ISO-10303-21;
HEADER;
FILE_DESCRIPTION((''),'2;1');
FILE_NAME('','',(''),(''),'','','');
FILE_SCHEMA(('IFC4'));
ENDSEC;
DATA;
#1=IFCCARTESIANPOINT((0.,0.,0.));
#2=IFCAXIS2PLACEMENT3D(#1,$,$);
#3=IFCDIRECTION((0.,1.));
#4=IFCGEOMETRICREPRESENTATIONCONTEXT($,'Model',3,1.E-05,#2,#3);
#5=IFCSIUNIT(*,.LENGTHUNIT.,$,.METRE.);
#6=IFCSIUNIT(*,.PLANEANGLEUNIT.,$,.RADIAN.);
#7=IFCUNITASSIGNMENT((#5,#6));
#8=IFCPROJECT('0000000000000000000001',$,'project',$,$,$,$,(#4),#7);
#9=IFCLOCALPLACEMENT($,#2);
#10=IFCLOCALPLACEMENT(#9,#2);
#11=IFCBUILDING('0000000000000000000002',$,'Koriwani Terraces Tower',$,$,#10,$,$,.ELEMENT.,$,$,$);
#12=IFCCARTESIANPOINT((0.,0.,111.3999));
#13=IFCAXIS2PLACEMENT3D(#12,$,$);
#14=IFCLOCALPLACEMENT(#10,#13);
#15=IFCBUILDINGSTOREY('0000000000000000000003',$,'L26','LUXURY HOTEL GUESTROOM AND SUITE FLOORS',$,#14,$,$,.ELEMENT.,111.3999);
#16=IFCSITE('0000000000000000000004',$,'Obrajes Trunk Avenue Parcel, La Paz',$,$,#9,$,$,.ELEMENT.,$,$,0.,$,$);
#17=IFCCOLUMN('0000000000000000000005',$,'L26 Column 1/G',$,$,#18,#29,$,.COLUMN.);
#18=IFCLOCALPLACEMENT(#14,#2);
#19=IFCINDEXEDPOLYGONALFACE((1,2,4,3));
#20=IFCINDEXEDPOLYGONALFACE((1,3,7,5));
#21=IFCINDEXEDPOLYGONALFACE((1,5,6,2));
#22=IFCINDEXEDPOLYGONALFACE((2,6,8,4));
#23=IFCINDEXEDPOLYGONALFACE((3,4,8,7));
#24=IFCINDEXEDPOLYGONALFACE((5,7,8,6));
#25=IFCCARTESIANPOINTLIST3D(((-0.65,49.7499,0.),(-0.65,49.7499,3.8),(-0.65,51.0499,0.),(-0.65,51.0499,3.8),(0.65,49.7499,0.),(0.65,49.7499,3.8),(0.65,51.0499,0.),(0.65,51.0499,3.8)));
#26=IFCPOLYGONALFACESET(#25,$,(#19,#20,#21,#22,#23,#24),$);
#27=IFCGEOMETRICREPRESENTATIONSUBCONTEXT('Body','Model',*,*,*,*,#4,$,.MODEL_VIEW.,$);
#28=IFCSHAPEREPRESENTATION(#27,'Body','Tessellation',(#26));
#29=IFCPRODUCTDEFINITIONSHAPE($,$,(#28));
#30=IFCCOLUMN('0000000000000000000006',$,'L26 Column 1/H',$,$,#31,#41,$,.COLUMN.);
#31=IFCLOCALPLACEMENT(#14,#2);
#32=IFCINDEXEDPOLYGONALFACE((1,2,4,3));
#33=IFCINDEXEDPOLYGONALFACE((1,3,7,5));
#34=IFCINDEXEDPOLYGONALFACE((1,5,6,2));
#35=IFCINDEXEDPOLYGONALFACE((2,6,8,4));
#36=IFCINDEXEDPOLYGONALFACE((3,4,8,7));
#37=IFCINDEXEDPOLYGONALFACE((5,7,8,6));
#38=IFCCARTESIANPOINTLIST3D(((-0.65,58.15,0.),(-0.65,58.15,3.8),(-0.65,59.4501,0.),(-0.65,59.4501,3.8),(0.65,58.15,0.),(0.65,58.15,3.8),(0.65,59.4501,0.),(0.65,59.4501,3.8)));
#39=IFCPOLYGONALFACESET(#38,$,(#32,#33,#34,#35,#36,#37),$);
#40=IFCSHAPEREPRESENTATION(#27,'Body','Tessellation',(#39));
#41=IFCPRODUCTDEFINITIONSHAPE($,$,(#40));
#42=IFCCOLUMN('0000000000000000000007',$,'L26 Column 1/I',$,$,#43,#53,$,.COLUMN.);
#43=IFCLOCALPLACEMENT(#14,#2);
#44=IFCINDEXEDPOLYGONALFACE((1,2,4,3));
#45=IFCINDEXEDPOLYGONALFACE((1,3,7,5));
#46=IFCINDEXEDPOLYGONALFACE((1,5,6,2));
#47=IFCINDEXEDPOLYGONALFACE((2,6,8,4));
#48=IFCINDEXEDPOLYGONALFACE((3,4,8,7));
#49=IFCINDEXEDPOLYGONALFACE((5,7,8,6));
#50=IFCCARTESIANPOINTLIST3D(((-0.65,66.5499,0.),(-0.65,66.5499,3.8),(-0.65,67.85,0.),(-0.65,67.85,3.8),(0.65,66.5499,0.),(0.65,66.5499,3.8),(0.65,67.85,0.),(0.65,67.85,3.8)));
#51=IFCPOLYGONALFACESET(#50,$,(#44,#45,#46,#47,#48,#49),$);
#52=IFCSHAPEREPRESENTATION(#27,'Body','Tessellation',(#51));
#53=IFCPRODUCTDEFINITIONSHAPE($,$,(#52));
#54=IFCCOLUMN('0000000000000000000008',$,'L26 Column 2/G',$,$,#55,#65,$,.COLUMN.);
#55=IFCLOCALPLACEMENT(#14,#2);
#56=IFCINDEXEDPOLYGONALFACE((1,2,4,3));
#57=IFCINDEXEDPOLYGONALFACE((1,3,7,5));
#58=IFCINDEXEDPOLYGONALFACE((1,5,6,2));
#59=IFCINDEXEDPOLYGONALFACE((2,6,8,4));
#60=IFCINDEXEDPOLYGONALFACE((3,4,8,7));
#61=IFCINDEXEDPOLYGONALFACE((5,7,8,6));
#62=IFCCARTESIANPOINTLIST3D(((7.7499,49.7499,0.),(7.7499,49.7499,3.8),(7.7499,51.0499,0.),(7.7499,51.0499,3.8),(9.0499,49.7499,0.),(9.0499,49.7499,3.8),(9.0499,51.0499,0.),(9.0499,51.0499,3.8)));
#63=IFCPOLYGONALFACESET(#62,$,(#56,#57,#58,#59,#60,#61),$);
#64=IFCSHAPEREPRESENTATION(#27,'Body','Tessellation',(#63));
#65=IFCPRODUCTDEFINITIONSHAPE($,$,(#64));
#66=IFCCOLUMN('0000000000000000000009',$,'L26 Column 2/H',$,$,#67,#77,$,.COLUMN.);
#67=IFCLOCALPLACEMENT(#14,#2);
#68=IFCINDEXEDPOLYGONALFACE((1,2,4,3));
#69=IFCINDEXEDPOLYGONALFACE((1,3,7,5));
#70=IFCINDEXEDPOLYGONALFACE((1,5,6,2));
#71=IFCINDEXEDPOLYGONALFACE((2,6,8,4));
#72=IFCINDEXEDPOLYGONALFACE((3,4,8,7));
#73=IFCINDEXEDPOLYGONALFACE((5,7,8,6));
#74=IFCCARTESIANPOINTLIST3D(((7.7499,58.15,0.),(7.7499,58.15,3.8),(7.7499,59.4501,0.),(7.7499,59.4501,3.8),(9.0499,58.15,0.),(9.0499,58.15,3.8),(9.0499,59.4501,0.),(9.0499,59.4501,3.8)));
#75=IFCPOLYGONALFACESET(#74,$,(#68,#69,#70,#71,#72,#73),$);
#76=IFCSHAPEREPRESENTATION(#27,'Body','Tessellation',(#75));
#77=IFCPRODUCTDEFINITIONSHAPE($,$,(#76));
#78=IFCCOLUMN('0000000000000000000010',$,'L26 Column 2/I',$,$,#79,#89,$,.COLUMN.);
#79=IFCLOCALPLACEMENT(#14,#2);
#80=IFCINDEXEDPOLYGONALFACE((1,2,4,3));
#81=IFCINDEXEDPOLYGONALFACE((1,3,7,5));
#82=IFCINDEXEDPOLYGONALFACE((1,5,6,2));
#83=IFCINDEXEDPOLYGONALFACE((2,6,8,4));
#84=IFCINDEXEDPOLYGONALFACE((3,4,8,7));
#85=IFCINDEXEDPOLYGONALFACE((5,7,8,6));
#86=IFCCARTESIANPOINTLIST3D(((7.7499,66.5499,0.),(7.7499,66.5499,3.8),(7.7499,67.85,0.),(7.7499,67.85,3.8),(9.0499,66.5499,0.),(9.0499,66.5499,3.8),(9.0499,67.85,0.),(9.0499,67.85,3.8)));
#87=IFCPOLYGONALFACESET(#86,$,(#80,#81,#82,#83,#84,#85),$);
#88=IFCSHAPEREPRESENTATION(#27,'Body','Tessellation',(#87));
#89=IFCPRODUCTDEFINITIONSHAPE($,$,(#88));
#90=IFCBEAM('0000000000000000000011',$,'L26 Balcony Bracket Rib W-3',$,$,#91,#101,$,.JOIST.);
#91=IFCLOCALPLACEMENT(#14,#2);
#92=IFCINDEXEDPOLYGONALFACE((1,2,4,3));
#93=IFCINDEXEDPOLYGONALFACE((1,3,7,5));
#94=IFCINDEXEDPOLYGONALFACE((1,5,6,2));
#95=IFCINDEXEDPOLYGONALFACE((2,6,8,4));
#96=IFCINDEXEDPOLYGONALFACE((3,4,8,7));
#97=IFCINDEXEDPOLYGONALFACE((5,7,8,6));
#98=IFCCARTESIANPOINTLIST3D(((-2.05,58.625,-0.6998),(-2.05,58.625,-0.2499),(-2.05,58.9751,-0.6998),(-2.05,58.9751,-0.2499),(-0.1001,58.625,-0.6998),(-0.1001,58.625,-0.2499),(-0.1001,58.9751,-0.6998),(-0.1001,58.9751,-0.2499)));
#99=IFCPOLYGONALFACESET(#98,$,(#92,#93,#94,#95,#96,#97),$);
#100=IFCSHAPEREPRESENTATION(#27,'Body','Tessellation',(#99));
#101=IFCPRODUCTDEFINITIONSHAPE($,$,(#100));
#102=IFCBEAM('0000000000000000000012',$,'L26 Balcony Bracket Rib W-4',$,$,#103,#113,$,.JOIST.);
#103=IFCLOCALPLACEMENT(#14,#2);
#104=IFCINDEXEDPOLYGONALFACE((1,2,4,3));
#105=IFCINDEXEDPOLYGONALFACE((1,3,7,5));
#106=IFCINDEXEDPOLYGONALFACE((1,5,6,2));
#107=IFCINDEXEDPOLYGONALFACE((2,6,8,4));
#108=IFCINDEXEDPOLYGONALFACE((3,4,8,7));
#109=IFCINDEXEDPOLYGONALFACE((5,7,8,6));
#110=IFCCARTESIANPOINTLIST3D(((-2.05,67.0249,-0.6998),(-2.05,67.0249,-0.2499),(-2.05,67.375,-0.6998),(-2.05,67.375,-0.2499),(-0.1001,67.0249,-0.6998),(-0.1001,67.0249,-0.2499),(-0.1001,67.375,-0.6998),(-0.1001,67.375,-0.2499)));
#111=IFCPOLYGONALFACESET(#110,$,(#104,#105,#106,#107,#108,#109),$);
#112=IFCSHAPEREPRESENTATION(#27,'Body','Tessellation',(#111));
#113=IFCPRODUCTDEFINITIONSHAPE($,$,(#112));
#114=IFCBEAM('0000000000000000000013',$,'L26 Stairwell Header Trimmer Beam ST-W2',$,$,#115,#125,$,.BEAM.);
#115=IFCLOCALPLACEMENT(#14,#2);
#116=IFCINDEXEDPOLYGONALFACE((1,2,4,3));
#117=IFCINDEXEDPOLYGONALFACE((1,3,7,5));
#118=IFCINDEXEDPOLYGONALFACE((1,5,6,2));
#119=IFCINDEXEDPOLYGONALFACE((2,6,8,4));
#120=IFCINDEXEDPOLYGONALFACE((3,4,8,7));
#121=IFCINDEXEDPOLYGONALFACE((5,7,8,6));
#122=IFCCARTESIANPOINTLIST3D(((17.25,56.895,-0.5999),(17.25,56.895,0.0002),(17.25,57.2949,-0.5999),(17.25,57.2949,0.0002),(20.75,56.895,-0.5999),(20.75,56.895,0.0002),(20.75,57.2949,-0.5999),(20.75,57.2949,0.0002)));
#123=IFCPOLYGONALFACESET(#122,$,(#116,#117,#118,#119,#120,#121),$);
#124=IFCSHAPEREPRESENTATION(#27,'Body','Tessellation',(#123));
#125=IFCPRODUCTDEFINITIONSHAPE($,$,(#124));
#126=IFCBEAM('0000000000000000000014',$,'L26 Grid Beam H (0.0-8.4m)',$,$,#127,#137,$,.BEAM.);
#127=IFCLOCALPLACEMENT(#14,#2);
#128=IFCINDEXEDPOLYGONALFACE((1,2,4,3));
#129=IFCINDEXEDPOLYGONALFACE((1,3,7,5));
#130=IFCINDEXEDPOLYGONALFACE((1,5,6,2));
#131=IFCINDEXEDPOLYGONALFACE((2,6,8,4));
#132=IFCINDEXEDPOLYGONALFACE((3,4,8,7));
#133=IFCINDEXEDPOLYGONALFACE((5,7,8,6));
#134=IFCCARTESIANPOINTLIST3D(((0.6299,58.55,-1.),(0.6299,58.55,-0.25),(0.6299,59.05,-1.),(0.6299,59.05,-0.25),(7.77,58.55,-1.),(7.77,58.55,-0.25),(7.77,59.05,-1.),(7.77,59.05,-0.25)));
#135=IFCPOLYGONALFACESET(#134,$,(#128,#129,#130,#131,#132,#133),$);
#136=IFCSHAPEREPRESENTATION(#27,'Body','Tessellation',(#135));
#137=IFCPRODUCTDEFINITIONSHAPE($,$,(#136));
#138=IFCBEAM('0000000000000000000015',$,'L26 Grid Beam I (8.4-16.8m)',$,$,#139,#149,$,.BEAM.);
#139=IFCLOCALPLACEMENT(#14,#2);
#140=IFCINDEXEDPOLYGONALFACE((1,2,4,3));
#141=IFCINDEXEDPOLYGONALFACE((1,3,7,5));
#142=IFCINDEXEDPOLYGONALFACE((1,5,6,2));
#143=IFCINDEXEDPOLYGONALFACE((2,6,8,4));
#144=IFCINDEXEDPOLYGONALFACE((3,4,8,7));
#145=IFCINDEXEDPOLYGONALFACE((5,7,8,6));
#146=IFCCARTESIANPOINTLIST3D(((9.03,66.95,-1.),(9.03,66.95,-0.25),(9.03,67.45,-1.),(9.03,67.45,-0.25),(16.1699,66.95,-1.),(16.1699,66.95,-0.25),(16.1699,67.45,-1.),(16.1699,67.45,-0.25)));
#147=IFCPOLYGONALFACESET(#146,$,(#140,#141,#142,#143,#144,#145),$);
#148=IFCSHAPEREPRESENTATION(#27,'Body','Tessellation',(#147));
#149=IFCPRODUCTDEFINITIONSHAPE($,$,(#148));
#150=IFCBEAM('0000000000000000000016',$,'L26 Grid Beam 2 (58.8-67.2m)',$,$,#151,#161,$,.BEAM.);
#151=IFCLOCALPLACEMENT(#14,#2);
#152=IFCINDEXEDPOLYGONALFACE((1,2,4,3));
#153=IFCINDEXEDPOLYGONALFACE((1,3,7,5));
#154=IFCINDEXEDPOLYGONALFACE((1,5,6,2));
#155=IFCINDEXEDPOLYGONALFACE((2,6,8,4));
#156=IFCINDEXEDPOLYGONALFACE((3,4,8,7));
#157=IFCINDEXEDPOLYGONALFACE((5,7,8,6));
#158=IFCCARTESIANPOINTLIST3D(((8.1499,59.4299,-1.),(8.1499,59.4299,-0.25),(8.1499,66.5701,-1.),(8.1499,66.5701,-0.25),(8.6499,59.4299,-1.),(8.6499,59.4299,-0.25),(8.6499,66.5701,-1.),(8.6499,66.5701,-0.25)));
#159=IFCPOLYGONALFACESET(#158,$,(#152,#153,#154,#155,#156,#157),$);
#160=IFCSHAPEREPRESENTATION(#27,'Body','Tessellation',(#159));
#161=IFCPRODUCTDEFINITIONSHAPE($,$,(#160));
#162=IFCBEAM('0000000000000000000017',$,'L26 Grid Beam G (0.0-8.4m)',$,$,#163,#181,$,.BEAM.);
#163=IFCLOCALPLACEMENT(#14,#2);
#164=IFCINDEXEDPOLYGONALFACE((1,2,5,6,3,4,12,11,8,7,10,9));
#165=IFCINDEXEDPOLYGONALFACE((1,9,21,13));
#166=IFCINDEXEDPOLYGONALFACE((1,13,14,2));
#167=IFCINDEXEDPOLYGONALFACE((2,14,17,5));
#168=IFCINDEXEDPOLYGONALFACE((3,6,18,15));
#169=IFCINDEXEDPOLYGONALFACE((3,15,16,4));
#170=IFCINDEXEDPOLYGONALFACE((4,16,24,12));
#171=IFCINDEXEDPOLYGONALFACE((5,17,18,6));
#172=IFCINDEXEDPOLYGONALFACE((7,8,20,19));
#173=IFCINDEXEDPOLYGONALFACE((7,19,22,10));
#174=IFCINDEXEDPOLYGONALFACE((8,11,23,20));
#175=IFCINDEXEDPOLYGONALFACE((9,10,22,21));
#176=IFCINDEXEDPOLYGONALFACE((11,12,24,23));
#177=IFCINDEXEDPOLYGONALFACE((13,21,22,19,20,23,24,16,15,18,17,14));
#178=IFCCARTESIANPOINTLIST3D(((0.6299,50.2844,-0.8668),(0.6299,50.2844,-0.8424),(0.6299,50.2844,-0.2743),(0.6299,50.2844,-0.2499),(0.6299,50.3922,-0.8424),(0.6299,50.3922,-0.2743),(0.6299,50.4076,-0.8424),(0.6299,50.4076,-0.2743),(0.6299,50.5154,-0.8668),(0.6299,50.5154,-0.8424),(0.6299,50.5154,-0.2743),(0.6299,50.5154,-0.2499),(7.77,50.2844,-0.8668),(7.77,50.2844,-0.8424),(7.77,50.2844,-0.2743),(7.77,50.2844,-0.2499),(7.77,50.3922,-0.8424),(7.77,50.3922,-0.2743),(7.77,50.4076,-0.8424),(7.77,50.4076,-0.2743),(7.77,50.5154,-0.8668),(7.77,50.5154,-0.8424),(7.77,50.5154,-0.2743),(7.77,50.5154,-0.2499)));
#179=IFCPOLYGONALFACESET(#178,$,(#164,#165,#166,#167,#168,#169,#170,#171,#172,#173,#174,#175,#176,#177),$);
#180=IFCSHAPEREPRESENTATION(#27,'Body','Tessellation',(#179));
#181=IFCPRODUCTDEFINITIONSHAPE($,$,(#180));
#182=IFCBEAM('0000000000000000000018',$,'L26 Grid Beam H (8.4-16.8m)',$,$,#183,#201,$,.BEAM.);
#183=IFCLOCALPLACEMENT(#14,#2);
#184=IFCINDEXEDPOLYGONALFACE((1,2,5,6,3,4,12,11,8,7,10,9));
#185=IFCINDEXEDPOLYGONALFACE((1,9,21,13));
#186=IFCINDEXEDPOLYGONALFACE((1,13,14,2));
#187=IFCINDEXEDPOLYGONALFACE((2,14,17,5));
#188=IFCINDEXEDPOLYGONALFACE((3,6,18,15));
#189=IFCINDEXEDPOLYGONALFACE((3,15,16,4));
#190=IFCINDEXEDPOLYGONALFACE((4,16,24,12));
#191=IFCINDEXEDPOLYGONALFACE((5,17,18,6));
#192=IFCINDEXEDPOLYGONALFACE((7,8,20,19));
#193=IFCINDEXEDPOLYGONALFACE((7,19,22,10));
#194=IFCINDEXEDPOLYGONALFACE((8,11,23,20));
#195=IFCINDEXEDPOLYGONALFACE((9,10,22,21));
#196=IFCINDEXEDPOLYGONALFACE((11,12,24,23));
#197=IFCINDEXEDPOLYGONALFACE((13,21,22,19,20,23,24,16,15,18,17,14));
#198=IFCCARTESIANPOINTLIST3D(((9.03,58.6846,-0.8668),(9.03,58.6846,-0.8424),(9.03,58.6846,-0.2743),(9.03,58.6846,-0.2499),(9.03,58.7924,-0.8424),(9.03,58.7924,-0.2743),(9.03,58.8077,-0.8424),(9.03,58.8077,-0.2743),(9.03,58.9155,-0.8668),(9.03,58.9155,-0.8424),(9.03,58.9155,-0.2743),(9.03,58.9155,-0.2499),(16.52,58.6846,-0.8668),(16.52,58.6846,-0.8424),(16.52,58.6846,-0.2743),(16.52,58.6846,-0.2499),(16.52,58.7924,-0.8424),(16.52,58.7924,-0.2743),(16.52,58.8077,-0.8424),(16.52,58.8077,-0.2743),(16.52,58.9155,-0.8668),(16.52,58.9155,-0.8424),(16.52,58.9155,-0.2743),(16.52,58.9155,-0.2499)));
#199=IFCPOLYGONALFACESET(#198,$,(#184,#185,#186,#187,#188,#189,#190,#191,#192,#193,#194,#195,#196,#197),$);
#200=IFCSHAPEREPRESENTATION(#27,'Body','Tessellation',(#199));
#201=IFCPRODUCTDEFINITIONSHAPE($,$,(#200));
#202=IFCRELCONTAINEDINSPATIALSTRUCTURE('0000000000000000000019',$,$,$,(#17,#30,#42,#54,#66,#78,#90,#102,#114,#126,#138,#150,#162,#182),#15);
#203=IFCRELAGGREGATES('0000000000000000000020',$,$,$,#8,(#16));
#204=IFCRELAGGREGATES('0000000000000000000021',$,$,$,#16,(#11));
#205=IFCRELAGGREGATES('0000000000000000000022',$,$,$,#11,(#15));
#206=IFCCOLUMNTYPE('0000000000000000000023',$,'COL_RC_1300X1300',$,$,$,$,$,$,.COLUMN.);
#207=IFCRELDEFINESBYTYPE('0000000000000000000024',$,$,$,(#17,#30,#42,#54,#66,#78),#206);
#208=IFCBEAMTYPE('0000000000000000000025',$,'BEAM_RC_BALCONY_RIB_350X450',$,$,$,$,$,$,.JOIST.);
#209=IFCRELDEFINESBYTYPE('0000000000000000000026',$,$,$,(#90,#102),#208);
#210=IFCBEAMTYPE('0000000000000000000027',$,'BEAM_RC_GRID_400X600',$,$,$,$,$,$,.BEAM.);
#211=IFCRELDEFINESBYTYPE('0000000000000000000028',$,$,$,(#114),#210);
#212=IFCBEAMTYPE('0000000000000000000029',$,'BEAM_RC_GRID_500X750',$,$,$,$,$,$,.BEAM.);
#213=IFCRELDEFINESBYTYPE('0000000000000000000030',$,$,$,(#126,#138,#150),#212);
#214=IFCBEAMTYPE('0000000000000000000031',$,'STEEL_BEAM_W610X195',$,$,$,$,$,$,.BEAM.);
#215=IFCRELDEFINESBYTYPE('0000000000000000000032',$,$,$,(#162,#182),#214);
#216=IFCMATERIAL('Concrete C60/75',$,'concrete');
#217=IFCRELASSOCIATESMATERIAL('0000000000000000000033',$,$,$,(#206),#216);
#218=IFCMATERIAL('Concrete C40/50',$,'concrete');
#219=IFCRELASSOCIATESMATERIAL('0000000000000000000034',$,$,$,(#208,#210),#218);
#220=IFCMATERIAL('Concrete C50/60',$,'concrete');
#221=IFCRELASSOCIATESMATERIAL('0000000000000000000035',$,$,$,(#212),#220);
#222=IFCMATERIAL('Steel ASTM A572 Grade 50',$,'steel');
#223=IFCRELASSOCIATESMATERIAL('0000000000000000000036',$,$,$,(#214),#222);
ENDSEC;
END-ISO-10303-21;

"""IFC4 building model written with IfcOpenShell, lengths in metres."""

from ifc_helpers import new_model, si_unit, direction, frame, origin, origin_2d, place, context, subcontext, project, spatial, rectangle, i_section, extrude, material, material_profile, profile_set, type_object, element, save


model = new_model("IFC4")

# Units and contexts
model_context = context("Model", 3, precision=1e-05, world=origin(), true_north=direction((0.0, 1.0)))
body_context = subcontext(model_context, "Body", "Model", "MODEL_VIEW")
ifc_project = project(units=[si_unit("LENGTHUNIT", "METRE"), si_unit("PLANEANGLEUNIT", "RADIAN")], contexts=[model_context])

# Site, building, storey
site_placement = place(None, origin())
site = spatial("IfcSite", under=ifc_project, at=site_placement, Name="Obrajes Trunk Avenue Parcel, La Paz", CompositionType="ELEMENT", RefElevation=0.0)
building_placement = place(site_placement, origin())
building = spatial("IfcBuilding", under=site, at=building_placement, Name="Koriwani Terraces Tower", CompositionType="ELEMENT")
storey_placement = place(building_placement, frame((0.0, 0.0, 111.3999)))
storey = spatial("IfcBuildingStorey", under=building, at=storey_placement, Name="L26", Description="LUXURY HOTEL GUESTROOM AND SUITE FLOORS", CompositionType="ELEMENT", Elevation=111.3999)

# Columns
ifc_material_1 = material(Name="Concrete C60/75", Category="concrete")
ifc_material_profile_1 = material_profile(ifc_material_1, rectangle(XDim=1.3, YDim=1.3, at=origin_2d()), Name="Concrete C60/75", Category="LoadBearing")
ifc_profile_set_1 = profile_set([ifc_material_profile_1], Name="Concrete C60/75")
column_type = type_object("IfcColumnType", Name="COL_RC_1300X1300", PredefinedType="COLUMN", material=ifc_profile_set_1)
for number, where, z_axis, x_axis, name in (
    (1, (0.0, 50.3999, 0.0), (0.0, 0.0, 1.0), (1.0, 0.0, 0.0), "L26 Column 1/G"),
    (2, (0.0, 58.8, 0.0), (0.0, 0.0, 1.0), (1.0, 0.0, 0.0), "L26 Column 1/H"),
    (3, (0.0, 67.2, 0.0), (0.0, 0.0, 1.0), (1.0, 0.0, 0.0), "L26 Column 1/I"),
    (4, (8.3999, 50.3999, 0.0), (0.0, 0.0, 1.0), (1.0, 0.0, 0.0), "L26 Column 2/G"),
    (5, (8.3999, 58.8, 0.0), (0.0, 0.0, 1.0), (1.0, 0.0, 0.0), "L26 Column 2/H"),
    (6, (8.3999, 67.2, 0.0), (0.0, 0.0, 1.0), (1.0, 0.0, 0.0), "L26 Column 2/I"),
):
    element("IfcColumn", number, at=place(storey_placement, frame(where, z_axis=z_axis, x_axis=x_axis)), inside=storey, type_object=column_type, Name=name, PredefinedType="COLUMN", context=body_context, shape_type="SweptSolid", body=[
        extrude(rectangle(XDim=1.3, YDim=1.3, at=origin_2d()), origin(), (0.0, 0.0, 1.0), 3.8),
    ])

# Beams
ifc_material_2 = material(Name="Concrete C40/50", Category="concrete")
ifc_material_profile_2 = material_profile(ifc_material_2, rectangle(XDim=0.3501, YDim=0.45, at=origin_2d()), Name="Concrete C40/50", Category="LoadBearing")
ifc_profile_set_2 = profile_set([ifc_material_profile_2], Name="Concrete C40/50")
beam_type_1 = type_object("IfcBeamType", Name="BEAM_RC_BALCONY_RIB_350X450", PredefinedType="JOIST", material=ifc_profile_set_2)
for number, where, z_axis, x_axis, name in (
    (7, (-2.05, 58.8, -0.4749), (1.0, 0.0, 0.0), (0.0, 1.0, 0.0), "L26 Balcony Bracket Rib W-3"),
    (8, (-2.05, 67.2, -0.4749), (1.0, 0.0, 0.0), (0.0, 1.0, 0.0), "L26 Balcony Bracket Rib W-4"),
):
    element("IfcBeam", number, at=place(storey_placement, frame(where, z_axis=z_axis, x_axis=x_axis)), inside=storey, type_object=beam_type_1, Name=name, PredefinedType="JOIST", context=body_context, shape_type="SweptSolid", body=[
        extrude(rectangle(XDim=0.3501, YDim=0.45, at=origin_2d()), origin(), (0.0, 0.0, 1.0), 1.95),
    ])
ifc_material_profile_3 = material_profile(ifc_material_2, rectangle(XDim=0.3999, YDim=0.6001, at=origin_2d()), Name="Concrete C40/50", Category="LoadBearing")
ifc_profile_set_3 = profile_set([ifc_material_profile_3], Name="Concrete C40/50")
beam_type_2 = type_object("IfcBeamType", Name="BEAM_RC_GRID_400X600", PredefinedType="BEAM", material=ifc_profile_set_3)
beam_1_placement = place(storey_placement, frame((17.25, 57.095, -0.2998), z_axis=(1.0, 0.0, 0.0), x_axis=(0.0, 1.0, 0.0)))
element("IfcBeam", 9, at=beam_1_placement, inside=storey, type_object=beam_type_2, Name="L26 Stairwell Header Trimmer Beam ST-W2", PredefinedType="BEAM", context=body_context, shape_type="SweptSolid", body=[
    extrude(rectangle(XDim=0.3999, YDim=0.6001, at=origin_2d()), origin(), (0.0, 0.0, 1.0), 3.5),
])
ifc_material_3 = material(Name="Concrete C50/60", Category="concrete")
ifc_material_profile_4 = material_profile(ifc_material_3, rectangle(XDim=0.5, YDim=0.75, at=origin_2d()), Name="Concrete C50/60", Category="LoadBearing")
ifc_profile_set_4 = profile_set([ifc_material_profile_4], Name="Concrete C50/60")
beam_type_3 = type_object("IfcBeamType", Name="BEAM_RC_GRID_500X750", PredefinedType="BEAM", material=ifc_profile_set_4)
beam_2_placement = place(storey_placement, frame((0.6299, 58.8, -0.625), z_axis=(1.0, 0.0, 0.0), x_axis=(0.0, 1.0, 0.0)))
element("IfcBeam", 10, at=beam_2_placement, inside=storey, type_object=beam_type_3, Name="L26 Grid Beam H (0.0-8.4m)", PredefinedType="BEAM", context=body_context, shape_type="SweptSolid", body=[
    extrude(rectangle(XDim=0.5, YDim=0.75, at=origin_2d()), origin(), (0.0, 0.0, 1.0), 7.1401),
])
beam_3_placement = place(storey_placement, frame((9.03, 67.2, -0.625), z_axis=(1.0, 0.0, 0.0), x_axis=(0.0, 1.0, 0.0)))
element("IfcBeam", 11, at=beam_3_placement, inside=storey, type_object=beam_type_3, Name="L26 Grid Beam I (8.4-16.8m)", PredefinedType="BEAM", context=body_context, shape_type="SweptSolid", body=[
    extrude(rectangle(XDim=0.5, YDim=0.75, at=origin_2d()), origin(), (0.0, 0.0, 1.0), 7.1399),
])
beam_4_placement = place(storey_placement, frame((8.3999, 59.4299, -0.625), z_axis=(0.0, 1.0, 0.0), x_axis=(-1.0, 0.0, 0.0)))
element("IfcBeam", 12, at=beam_4_placement, inside=storey, type_object=beam_type_3, Name="L26 Grid Beam 2 (58.8-67.2m)", PredefinedType="BEAM", context=body_context, shape_type="SweptSolid", body=[
    extrude(rectangle(XDim=0.5, YDim=0.75, at=origin_2d()), origin(), (0.0, 0.0, 1.0), 7.1401),
])
ifc_material_4 = material(Name="Steel ASTM A572 Grade 50", Category="steel")
ifc_material_profile_5 = material_profile(ifc_material_4, i_section(OverallWidth=0.231, OverallDepth=0.6169, WebThickness=0.0154, FlangeThickness=0.0244, at=origin_2d()), Name="Steel ASTM A572 Grade 50", Category="LoadBearing")
ifc_profile_set_5 = profile_set([ifc_material_profile_5], Name="Steel ASTM A572 Grade 50")
beam_type_4 = type_object("IfcBeamType", Name="STEEL_BEAM_W610X195", PredefinedType="BEAM", material=ifc_profile_set_5)
beam_5_placement = place(storey_placement, frame((0.6299, 50.3999, -0.5583), z_axis=(1.0, 0.0, 0.0), x_axis=(0.0, 1.0, 0.0)))
element("IfcBeam", 13, at=beam_5_placement, inside=storey, type_object=beam_type_4, Name="L26 Grid Beam G (0.0-8.4m)", PredefinedType="BEAM", context=body_context, shape_type="SweptSolid", body=[
    extrude(i_section(OverallWidth=0.231, OverallDepth=0.6169, WebThickness=0.0154, FlangeThickness=0.0244, at=origin_2d()), origin(), (0.0, 0.0, 1.0), 7.1401),
])
beam_6_placement = place(storey_placement, frame((9.03, 58.8, -0.5583), z_axis=(1.0, 0.0, 0.0), x_axis=(0.0, 1.0, 0.0)))
element("IfcBeam", 14, at=beam_6_placement, inside=storey, type_object=beam_type_4, Name="L26 Grid Beam H (8.4-16.8m)", PredefinedType="BEAM", context=body_context, shape_type="SweptSolid", body=[
    extrude(i_section(OverallWidth=0.231, OverallDepth=0.6169, WebThickness=0.0154, FlangeThickness=0.0244, at=origin_2d()), origin(), (0.0, 0.0, 1.0), 7.49),
])

save(model, "model.ifc")
